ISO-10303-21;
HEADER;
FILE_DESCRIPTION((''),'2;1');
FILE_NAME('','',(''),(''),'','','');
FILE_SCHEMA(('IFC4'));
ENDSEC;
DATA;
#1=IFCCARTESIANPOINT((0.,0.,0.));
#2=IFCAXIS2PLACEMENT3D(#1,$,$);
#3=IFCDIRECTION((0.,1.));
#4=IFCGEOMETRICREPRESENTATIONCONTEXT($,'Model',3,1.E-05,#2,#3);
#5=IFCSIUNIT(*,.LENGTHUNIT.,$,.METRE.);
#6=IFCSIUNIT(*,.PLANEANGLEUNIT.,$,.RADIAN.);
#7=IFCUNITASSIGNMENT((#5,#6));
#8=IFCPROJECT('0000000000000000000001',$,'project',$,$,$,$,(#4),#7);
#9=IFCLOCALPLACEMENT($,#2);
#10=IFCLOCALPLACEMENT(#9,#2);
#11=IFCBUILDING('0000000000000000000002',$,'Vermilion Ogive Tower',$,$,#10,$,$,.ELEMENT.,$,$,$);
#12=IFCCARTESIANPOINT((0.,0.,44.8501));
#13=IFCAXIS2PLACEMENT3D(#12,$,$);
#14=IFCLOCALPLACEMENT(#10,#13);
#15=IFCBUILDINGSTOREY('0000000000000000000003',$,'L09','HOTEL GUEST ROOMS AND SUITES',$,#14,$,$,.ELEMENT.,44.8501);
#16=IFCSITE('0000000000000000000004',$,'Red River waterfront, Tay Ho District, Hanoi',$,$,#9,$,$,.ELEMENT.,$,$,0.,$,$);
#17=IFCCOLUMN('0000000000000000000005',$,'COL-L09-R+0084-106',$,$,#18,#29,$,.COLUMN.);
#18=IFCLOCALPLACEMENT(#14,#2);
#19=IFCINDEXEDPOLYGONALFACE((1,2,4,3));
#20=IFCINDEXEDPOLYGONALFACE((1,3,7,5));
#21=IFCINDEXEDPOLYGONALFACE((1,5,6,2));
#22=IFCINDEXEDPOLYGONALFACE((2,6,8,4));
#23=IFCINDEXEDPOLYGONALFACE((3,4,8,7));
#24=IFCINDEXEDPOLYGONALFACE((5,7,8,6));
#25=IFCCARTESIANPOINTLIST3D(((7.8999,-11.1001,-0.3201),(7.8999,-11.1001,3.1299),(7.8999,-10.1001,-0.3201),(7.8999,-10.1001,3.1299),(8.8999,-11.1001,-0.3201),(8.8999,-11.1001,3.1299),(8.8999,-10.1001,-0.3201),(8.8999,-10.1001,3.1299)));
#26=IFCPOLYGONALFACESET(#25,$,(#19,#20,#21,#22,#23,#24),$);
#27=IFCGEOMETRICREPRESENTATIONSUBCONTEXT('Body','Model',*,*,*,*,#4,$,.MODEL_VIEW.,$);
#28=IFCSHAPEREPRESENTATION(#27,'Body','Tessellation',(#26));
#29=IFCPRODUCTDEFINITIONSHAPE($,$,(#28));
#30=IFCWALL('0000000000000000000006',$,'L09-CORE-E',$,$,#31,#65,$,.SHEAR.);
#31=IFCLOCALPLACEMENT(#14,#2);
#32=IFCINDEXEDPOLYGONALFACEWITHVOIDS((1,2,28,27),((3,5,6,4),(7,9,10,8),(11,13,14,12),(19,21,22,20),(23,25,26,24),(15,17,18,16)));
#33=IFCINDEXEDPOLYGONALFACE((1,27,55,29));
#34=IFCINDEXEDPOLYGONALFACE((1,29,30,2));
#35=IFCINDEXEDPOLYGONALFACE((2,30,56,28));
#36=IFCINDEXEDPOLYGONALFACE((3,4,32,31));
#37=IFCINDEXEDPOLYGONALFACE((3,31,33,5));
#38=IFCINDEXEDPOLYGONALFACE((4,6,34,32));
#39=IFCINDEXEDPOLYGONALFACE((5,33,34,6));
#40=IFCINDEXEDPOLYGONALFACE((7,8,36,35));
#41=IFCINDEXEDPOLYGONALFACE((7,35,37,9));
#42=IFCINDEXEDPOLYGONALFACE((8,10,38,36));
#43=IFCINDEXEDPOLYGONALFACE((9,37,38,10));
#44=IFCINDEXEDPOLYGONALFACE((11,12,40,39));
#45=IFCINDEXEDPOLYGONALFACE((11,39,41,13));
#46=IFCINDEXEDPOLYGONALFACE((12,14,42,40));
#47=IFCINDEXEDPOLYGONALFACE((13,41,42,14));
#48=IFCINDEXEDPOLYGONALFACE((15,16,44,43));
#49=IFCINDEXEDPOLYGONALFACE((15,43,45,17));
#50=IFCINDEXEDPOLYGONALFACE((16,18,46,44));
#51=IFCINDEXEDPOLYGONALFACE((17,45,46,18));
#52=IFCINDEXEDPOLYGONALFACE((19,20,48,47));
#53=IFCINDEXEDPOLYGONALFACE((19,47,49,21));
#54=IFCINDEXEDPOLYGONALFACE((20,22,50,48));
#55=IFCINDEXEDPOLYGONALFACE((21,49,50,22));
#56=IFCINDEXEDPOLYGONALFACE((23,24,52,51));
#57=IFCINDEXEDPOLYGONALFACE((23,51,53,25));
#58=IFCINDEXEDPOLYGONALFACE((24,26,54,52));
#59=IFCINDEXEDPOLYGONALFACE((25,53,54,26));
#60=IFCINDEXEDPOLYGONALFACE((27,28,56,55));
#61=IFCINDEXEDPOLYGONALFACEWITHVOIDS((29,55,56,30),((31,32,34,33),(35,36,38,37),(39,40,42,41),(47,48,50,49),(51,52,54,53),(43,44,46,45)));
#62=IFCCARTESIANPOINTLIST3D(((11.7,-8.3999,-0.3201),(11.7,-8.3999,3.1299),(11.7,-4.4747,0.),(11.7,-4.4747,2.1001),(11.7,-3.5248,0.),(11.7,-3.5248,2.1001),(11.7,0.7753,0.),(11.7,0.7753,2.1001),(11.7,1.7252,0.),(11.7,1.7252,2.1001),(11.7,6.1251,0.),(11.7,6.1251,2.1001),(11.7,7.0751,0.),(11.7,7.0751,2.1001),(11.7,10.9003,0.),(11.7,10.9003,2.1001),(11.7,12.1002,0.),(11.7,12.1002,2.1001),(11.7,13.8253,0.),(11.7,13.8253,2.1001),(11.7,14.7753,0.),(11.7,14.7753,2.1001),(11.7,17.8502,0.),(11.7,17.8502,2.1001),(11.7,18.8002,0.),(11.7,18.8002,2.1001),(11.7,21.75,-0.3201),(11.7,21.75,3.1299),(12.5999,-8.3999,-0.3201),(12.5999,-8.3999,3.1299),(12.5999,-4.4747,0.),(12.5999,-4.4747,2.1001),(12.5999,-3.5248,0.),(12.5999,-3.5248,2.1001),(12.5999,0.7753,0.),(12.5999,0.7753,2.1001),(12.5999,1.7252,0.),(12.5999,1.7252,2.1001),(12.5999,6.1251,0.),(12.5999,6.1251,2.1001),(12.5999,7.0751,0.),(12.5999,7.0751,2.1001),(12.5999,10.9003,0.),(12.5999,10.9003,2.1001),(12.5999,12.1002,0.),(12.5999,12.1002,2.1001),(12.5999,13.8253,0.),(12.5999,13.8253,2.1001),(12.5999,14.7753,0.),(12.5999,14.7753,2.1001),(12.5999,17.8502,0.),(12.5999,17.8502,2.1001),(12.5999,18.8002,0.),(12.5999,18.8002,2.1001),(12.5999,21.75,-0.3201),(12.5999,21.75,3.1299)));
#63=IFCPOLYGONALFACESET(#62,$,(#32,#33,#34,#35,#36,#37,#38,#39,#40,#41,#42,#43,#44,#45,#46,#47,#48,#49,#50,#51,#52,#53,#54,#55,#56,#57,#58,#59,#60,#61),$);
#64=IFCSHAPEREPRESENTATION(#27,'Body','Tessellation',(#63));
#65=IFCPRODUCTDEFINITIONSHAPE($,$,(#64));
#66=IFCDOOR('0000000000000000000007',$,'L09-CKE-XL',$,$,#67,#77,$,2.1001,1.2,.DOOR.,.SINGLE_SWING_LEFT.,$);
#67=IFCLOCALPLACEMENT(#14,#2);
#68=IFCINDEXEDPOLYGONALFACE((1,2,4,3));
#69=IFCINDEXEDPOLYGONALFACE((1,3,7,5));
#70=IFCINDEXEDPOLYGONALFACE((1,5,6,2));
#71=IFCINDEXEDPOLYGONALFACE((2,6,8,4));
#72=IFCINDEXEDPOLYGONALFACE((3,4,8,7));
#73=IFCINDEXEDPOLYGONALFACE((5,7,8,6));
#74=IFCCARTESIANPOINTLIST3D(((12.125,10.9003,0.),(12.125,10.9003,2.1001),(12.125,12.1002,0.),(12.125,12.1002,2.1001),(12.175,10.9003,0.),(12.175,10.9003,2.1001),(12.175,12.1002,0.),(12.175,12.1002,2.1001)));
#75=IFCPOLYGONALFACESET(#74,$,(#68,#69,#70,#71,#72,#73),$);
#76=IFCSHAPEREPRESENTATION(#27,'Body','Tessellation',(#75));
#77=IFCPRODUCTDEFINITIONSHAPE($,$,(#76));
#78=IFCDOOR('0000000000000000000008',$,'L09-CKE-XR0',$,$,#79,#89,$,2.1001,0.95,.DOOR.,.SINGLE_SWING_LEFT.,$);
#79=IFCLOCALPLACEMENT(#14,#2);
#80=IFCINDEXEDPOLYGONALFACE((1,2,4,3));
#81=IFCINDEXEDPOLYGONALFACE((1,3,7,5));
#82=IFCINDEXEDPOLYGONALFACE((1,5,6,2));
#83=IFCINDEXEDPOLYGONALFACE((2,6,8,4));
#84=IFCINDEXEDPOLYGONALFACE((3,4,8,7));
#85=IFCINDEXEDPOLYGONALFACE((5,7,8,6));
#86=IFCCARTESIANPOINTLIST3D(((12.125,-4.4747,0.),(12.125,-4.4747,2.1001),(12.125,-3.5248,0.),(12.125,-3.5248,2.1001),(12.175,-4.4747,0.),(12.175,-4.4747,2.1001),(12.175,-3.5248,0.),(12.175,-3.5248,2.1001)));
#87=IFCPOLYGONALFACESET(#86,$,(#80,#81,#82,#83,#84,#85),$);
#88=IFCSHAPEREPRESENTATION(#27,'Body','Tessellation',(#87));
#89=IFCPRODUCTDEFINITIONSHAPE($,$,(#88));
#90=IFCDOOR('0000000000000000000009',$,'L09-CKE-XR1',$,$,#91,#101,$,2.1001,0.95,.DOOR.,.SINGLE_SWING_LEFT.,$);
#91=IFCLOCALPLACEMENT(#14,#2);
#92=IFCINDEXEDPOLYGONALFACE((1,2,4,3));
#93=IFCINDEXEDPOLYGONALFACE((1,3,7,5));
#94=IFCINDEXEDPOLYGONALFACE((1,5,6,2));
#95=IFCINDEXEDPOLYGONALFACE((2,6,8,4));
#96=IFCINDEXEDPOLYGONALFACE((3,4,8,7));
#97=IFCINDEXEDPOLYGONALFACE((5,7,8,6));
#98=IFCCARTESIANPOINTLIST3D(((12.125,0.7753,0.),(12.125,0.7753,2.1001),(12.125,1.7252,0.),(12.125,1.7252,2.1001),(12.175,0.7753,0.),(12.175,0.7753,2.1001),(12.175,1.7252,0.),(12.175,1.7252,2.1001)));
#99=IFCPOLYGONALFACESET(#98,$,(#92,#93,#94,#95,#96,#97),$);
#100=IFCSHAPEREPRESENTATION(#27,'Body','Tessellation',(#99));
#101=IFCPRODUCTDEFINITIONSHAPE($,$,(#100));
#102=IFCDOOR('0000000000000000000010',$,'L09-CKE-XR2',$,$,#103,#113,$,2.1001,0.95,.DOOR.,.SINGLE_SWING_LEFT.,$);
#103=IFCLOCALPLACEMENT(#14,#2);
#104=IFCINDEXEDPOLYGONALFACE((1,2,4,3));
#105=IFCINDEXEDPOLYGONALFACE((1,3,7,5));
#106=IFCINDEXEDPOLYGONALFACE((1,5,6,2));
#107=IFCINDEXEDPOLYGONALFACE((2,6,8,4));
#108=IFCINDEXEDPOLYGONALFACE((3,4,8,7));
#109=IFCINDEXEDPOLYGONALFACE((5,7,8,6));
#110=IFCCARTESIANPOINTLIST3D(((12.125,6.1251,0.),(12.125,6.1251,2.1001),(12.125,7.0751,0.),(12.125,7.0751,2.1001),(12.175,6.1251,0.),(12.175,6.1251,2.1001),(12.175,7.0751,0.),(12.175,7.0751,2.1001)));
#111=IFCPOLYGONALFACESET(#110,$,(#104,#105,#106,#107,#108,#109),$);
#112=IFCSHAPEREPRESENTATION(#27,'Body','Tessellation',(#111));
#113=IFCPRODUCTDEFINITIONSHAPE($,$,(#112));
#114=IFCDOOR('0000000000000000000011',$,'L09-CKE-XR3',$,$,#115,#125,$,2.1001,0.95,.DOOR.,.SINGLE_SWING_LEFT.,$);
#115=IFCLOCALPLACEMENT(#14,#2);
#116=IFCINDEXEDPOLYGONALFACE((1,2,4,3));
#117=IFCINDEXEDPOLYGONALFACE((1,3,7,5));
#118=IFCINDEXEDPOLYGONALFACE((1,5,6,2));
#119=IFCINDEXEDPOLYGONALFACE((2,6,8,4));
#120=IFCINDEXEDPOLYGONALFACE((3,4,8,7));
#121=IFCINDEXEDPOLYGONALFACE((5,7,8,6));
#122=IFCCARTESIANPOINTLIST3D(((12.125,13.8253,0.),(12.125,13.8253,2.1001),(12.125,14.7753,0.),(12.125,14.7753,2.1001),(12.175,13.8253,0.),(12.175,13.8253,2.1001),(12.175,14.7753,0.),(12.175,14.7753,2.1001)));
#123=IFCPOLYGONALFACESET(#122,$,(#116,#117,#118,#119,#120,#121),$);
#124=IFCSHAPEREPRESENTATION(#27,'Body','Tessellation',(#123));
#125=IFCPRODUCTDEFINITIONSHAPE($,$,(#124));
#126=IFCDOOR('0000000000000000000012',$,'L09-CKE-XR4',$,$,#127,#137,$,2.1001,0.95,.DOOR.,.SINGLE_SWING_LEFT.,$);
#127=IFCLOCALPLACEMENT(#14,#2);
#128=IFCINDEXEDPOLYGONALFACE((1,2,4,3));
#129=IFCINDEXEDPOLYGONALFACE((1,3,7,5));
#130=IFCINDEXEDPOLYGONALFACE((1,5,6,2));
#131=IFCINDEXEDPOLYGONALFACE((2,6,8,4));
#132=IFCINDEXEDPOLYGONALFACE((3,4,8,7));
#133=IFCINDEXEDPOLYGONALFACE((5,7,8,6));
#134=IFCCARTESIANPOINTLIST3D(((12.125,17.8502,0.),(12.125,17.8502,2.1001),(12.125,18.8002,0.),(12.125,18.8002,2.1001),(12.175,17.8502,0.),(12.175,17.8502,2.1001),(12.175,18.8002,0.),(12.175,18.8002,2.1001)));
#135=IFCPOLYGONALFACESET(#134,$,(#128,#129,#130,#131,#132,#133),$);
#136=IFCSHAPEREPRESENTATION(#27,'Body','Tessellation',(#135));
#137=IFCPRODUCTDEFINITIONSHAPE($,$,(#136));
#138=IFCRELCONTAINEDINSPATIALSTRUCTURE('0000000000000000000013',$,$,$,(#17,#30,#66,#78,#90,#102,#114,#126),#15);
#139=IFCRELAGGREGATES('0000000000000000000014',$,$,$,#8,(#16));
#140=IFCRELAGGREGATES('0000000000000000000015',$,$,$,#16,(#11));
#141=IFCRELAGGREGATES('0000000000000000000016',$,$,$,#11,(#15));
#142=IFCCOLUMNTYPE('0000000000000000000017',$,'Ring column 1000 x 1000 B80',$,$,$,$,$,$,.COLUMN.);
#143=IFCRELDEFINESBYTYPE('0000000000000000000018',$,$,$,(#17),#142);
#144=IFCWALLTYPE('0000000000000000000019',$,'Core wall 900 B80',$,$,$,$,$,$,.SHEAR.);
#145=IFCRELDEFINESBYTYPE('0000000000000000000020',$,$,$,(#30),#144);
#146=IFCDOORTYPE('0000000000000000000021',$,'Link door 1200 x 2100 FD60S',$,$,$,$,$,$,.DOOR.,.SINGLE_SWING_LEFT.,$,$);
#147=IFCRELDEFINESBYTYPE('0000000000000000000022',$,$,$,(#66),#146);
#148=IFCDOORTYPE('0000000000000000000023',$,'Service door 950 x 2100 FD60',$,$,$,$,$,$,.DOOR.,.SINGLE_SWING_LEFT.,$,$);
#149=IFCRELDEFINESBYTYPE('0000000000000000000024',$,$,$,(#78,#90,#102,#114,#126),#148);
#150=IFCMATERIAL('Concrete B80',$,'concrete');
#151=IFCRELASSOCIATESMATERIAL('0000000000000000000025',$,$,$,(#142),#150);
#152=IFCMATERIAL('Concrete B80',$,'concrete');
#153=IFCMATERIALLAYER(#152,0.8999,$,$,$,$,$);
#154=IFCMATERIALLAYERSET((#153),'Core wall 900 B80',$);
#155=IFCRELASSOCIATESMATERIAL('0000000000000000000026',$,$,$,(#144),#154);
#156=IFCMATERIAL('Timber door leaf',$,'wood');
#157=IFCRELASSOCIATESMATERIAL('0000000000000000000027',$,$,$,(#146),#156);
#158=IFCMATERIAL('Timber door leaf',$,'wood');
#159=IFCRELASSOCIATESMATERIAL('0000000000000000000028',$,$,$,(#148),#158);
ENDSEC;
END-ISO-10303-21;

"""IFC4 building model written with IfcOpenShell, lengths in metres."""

from ifc_helpers import new_model, si_unit, direction, frame, frame_2d, origin, origin_2d, place, context, subcontext, project, spatial, rectangle, extrude, material, layer, layer_set, material_profile, profile_set, type_object, element, fill, save


model = new_model("IFC4")

# Units and contexts
model_context = context("Model", 3, precision=1e-05, world=origin(), true_north=direction((0.0, 1.0)))
body_context = subcontext(model_context, "Body", "Model", "MODEL_VIEW")
ifc_project = project(units=[si_unit("LENGTHUNIT", "METRE"), si_unit("PLANEANGLEUNIT", "RADIAN")], contexts=[model_context])

# Site, building, storey
site_placement = place(None, origin())
site = spatial("IfcSite", under=ifc_project, at=site_placement, Name="Red River waterfront, Tay Ho District, Hanoi", CompositionType="ELEMENT", RefElevation=0.0)
building_placement = place(site_placement, origin())
building = spatial("IfcBuilding", under=site, at=building_placement, Name="Vermilion Ogive Tower", CompositionType="ELEMENT")
storey_placement = place(building_placement, frame((0.0, 0.0, 44.8501)))
storey = spatial("IfcBuildingStorey", under=building, at=storey_placement, Name="L09", Description="HOTEL GUEST ROOMS AND SUITES", CompositionType="ELEMENT", Elevation=44.8501)

# Column
ifc_material_1 = material(Name="Concrete B80", Category="concrete")
ifc_material_profile = material_profile(ifc_material_1, rectangle(XDim=1.0, YDim=1.0, at=origin_2d()), Name="1000 x 1000")
ifc_profile_set = profile_set([ifc_material_profile], Name="Concrete B80")
column_type = type_object("IfcColumnType", Name="Ring column 1000 x 1000 B80", PredefinedType="COLUMN", material=ifc_profile_set)
column_placement = place(storey_placement, frame((8.3999, -10.6001, -0.3201), z_axis=(0.0, 0.0, 1.0), x_axis=(1.0, 0.0, 0.0)))
element("IfcColumn", 1, at=column_placement, inside=storey, type_object=column_type, Name="COL-L09-R+0084-106", PredefinedType="COLUMN", context=body_context, shape_type="SweptSolid", body=[
    extrude(rectangle(XDim=1.0, YDim=1.0, at=origin_2d()), origin(), (0.0, 0.0, 1.0), 3.45),
])

# Wall, openings, doors
ifc_material_2 = material(Name="Concrete B80", Category="concrete")
ifc_layer_1 = layer(ifc_material_2, 0.8999)
ifc_layer_set_1 = layer_set([ifc_layer_1], Name="Core wall 900 B80")
wall_type_1 = type_object("IfcWallType", Name="Core wall 900 B80", PredefinedType="SHEAR", material=ifc_layer_set_1)
wall_1_placement = place(storey_placement, frame((12.1499, -8.3999, -0.3201), z_axis=(0.0, 0.0, 1.0), x_axis=(0.0, 1.0, 0.0)))
wall_1 = element("IfcWall", 2, at=wall_1_placement, inside=storey, type_object=wall_type_1, Name="L09-CORE-E", PredefinedType="SHEAR", context=body_context, shape_type="SweptSolid", body=[
    extrude(rectangle(XDim=30.1499, YDim=0.8999, at=frame_2d((15.075, 0.0))), origin(), (0.0, 0.0, 1.0), 3.45),
])
opening_1_placement = place(wall_1_placement, frame((3.925, 0.0, 0.3201)))
opening_1 = element("IfcOpeningElement", 3, at=opening_1_placement, cuts=wall_1, PredefinedType="OPENING", context=body_context, shape_type="SweptSolid", body=[
    extrude(rectangle(XDim=0.95, YDim=2.1001, at=frame_2d((0.4751, 1.05))), frame((0.0, 0.46, 0.0), z_axis=(0.0, -1.0, 0.0), x_axis=(1.0, 0.0, 0.0)), (0.0, 0.0, 1.0), 0.9199),
])
opening_2_placement = place(wall_1_placement, frame((9.175, 0.0, 0.3201)))
opening_2 = element("IfcOpeningElement", 4, at=opening_2_placement, cuts=wall_1, PredefinedType="OPENING", context=body_context, shape_type="SweptSolid", body=[
    extrude(rectangle(XDim=0.95, YDim=2.1001, at=frame_2d((0.4751, 1.05))), frame((0.0, 0.46, 0.0), z_axis=(0.0, -1.0, 0.0), x_axis=(1.0, 0.0, 0.0)), (0.0, 0.0, 1.0), 0.9199),
])
opening_3_placement = place(wall_1_placement, frame((14.5249, 0.0, 0.3201)))
opening_3 = element("IfcOpeningElement", 5, at=opening_3_placement, cuts=wall_1, PredefinedType="OPENING", context=body_context, shape_type="SweptSolid", body=[
    extrude(rectangle(XDim=0.95, YDim=2.1001, at=frame_2d((0.4751, 1.05))), frame((0.0, 0.46, 0.0), z_axis=(0.0, -1.0, 0.0), x_axis=(1.0, 0.0, 0.0)), (0.0, 0.0, 1.0), 0.9199),
])
opening_4_placement = place(wall_1_placement, frame((22.2251, 0.0, 0.3201)))
opening_4 = element("IfcOpeningElement", 6, at=opening_4_placement, cuts=wall_1, PredefinedType="OPENING", context=body_context, shape_type="SweptSolid", body=[
    extrude(rectangle(XDim=0.95, YDim=2.1001, at=frame_2d((0.4751, 1.05))), frame((0.0, 0.46, 0.0), z_axis=(0.0, -1.0, 0.0), x_axis=(1.0, 0.0, 0.0)), (0.0, 0.0, 1.0), 0.9199),
])
opening_5_placement = place(wall_1_placement, frame((26.25, 0.0, 0.3201)))
opening_5 = element("IfcOpeningElement", 7, at=opening_5_placement, cuts=wall_1, PredefinedType="OPENING", context=body_context, shape_type="SweptSolid", body=[
    extrude(rectangle(XDim=0.95, YDim=2.1001, at=frame_2d((0.4751, 1.05))), frame((0.0, 0.46, 0.0), z_axis=(0.0, -1.0, 0.0), x_axis=(1.0, 0.0, 0.0)), (0.0, 0.0, 1.0), 0.9199),
])
opening_6_placement = place(wall_1_placement, frame((19.3, 0.0, 0.3201)))
opening_6 = element("IfcOpeningElement", 8, at=opening_6_placement, cuts=wall_1, PredefinedType="OPENING", context=body_context, shape_type="SweptSolid", body=[
    extrude(rectangle(XDim=1.2, YDim=2.1001, at=frame_2d((0.6001, 1.05))), frame((0.0, 0.46, 0.0), z_axis=(0.0, -1.0, 0.0), x_axis=(1.0, 0.0, 0.0)), (0.0, 0.0, 1.0), 0.9199),
])
ifc_material_3 = material(Name="Timber door leaf", Category="wood")
door_type_1 = type_object("IfcDoorType", Name="Link door 1200 x 2100 FD60S", OperationType="SINGLE_SWING_LEFT", PredefinedType="DOOR", material=ifc_material_3)
door_1_placement = place(opening_6_placement, origin())
door_1 = element("IfcDoor", 9, at=door_1_placement, inside=storey, type_object=door_type_1, Name="L09-CKE-XL", OperationType="SINGLE_SWING_LEFT", OverallHeight=2.1001, OverallWidth=1.2, PredefinedType="DOOR", context=body_context, shape_type="SweptSolid", body=[
    extrude(rectangle(XDim=1.2, YDim=2.1001, at=frame_2d((0.6001, 1.05))), frame((0.0, 0.0249, 0.0), z_axis=(0.0, -1.0, 0.0), x_axis=(1.0, 0.0, 0.0)), (0.0, 0.0, 1.0), 0.05),
])
fill(opening_6, door_1)
ifc_material_4 = material(Name="Timber door leaf", Category="wood")
door_type_2 = type_object("IfcDoorType", Name="Service door 950 x 2100 FD60", OperationType="SINGLE_SWING_LEFT", PredefinedType="DOOR", material=ifc_material_4)
door_2_placement = place(opening_1_placement, origin())
door_2 = element("IfcDoor", 10, at=door_2_placement, inside=storey, type_object=door_type_2, Name="L09-CKE-XR0", OperationType="SINGLE_SWING_LEFT", OverallHeight=2.1001, OverallWidth=0.95, PredefinedType="DOOR", context=body_context, shape_type="SweptSolid", body=[
    extrude(rectangle(XDim=0.95, YDim=2.1001, at=frame_2d((0.4751, 1.05))), frame((0.0, 0.0249, 0.0), z_axis=(0.0, -1.0, 0.0), x_axis=(1.0, 0.0, 0.0)), (0.0, 0.0, 1.0), 0.05),
])
fill(opening_1, door_2)
door_3_placement = place(opening_2_placement, origin())
door_3 = element("IfcDoor", 11, at=door_3_placement, inside=storey, type_object=door_type_2, Name="L09-CKE-XR1", OperationType="SINGLE_SWING_LEFT", OverallHeight=2.1001, OverallWidth=0.95, PredefinedType="DOOR", context=body_context, shape_type="SweptSolid", body=[
    extrude(rectangle(XDim=0.95, YDim=2.1001, at=frame_2d((0.4751, 1.05))), frame((0.0, 0.0249, 0.0), z_axis=(0.0, -1.0, 0.0), x_axis=(1.0, 0.0, 0.0)), (0.0, 0.0, 1.0), 0.05),
])
fill(opening_2, door_3)
door_4_placement = place(opening_3_placement, origin())
door_4 = element("IfcDoor", 12, at=door_4_placement, inside=storey, type_object=door_type_2, Name="L09-CKE-XR2", OperationType="SINGLE_SWING_LEFT", OverallHeight=2.1001, OverallWidth=0.95, PredefinedType="DOOR", context=body_context, shape_type="SweptSolid", body=[
    extrude(rectangle(XDim=0.95, YDim=2.1001, at=frame_2d((0.4751, 1.05))), frame((0.0, 0.0249, 0.0), z_axis=(0.0, -1.0, 0.0), x_axis=(1.0, 0.0, 0.0)), (0.0, 0.0, 1.0), 0.05),
])
fill(opening_3, door_4)
door_5_placement = place(opening_4_placement, origin())
door_5 = element("IfcDoor", 13, at=door_5_placement, inside=storey, type_object=door_type_2, Name="L09-CKE-XR3", OperationType="SINGLE_SWING_LEFT", OverallHeight=2.1001, OverallWidth=0.95, PredefinedType="DOOR", context=body_context, shape_type="SweptSolid", body=[
    extrude(rectangle(XDim=0.95, YDim=2.1001, at=frame_2d((0.4751, 1.05))), frame((0.0, 0.0249, 0.0), z_axis=(0.0, -1.0, 0.0), x_axis=(1.0, 0.0, 0.0)), (0.0, 0.0, 1.0), 0.05),
])
fill(opening_4, door_5)
door_6_placement = place(opening_5_placement, origin())
door_6 = element("IfcDoor", 14, at=door_6_placement, inside=storey, type_object=door_type_2, Name="L09-CKE-XR4", OperationType="SINGLE_SWING_LEFT", OverallHeight=2.1001, OverallWidth=0.95, PredefinedType="DOOR", context=body_context, shape_type="SweptSolid", body=[
    extrude(rectangle(XDim=0.95, YDim=2.1001, at=frame_2d((0.4751, 1.05))), frame((0.0, 0.0249, 0.0), z_axis=(0.0, -1.0, 0.0), x_axis=(1.0, 0.0, 0.0)), (0.0, 0.0, 1.0), 0.05),
])
fill(opening_5, door_6)

save(model, "model.ifc")
